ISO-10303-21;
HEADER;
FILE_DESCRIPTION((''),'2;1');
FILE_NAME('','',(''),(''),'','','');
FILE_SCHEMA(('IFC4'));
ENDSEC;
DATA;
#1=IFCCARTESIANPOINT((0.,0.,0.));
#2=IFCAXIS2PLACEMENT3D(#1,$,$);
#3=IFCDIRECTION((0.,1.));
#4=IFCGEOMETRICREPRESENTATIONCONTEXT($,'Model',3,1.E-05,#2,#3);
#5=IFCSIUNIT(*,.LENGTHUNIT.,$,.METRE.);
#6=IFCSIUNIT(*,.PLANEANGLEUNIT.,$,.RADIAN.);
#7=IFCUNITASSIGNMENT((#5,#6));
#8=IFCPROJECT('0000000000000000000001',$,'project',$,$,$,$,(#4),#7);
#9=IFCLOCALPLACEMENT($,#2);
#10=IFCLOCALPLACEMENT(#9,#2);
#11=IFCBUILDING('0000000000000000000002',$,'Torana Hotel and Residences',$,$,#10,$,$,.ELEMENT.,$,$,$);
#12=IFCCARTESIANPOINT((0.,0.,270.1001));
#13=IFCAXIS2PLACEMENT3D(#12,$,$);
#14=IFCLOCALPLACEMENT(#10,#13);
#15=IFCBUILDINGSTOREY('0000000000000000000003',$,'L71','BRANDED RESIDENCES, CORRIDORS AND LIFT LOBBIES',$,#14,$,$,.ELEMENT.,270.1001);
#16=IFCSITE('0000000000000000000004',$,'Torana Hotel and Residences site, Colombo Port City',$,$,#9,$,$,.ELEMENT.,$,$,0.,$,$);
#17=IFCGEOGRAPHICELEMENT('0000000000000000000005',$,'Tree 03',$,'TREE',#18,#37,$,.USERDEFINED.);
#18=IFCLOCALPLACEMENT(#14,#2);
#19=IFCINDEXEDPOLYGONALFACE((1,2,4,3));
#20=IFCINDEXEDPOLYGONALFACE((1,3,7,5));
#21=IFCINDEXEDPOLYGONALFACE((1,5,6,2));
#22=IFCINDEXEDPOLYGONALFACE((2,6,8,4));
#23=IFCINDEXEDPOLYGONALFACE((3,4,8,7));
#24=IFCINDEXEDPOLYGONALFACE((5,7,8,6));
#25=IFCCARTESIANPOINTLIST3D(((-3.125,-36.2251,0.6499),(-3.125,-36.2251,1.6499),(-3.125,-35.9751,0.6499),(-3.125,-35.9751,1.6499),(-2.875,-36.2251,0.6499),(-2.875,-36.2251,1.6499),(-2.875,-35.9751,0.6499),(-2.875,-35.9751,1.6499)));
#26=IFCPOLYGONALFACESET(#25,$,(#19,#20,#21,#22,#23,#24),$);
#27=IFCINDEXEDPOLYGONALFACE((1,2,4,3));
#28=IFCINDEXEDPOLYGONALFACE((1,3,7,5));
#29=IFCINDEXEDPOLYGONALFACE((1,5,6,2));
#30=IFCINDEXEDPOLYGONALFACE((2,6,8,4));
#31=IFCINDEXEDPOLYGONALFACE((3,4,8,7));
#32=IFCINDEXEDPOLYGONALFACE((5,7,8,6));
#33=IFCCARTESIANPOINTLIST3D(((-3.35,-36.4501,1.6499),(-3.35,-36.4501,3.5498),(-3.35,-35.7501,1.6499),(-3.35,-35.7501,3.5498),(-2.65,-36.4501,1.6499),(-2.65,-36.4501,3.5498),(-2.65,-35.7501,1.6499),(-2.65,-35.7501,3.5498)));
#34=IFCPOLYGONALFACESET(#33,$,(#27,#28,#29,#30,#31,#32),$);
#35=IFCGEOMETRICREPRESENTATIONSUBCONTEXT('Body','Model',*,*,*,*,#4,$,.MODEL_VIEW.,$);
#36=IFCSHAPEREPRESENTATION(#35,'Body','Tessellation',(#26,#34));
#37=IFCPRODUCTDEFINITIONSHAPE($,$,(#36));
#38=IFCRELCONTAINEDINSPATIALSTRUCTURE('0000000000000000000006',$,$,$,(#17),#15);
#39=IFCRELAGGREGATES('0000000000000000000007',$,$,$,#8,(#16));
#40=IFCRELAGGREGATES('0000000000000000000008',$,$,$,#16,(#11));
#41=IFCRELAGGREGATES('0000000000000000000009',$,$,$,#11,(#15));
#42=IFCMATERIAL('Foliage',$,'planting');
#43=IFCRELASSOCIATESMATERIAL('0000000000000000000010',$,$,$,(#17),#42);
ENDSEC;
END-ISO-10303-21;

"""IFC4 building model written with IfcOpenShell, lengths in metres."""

from ifc_helpers import new_model, si_unit, direction, frame, origin, origin_2d, place, context, subcontext, project, spatial, rectangle, extrude, material, element, save


model = new_model("IFC4")

# Units and contexts
model_context = context("Model", 3, precision=1e-05, world=origin(), true_north=direction((0.0, 1.0)))
body_context = subcontext(model_context, "Body", "Model", "MODEL_VIEW")
ifc_project = project(units=[si_unit("LENGTHUNIT", "METRE"), si_unit("PLANEANGLEUNIT", "RADIAN")], contexts=[model_context])

# Site, building, storey
site_placement = place(None, origin())
site = spatial("IfcSite", under=ifc_project, at=site_placement, Name="Torana Hotel and Residences site, Colombo Port City", CompositionType="ELEMENT", RefElevation=0.0)
building_placement = place(site_placement, origin())
building = spatial("IfcBuilding", under=site, at=building_placement, Name="Torana Hotel and Residences", CompositionType="ELEMENT")
storey_placement = place(building_placement, frame((0.0, 0.0, 270.1001)))
storey = spatial("IfcBuildingStorey", under=building, at=storey_placement, Name="L71", Description="BRANDED RESIDENCES, CORRIDORS AND LIFT LOBBIES", CompositionType="ELEMENT", Elevation=270.1001)

# Geographic element
ifc_material_1 = material(Name="Foliage", Category="planting")
for number, where, z_axis, x_axis, name in (
    (1, (-3.0, -36.1001, 0.6499), (0.0, 0.0, 1.0), (1.0, 0.0, 0.0), "Tree 03"),
):
    element("IfcGeographicElement", number, at=place(storey_placement, frame(where, z_axis=z_axis, x_axis=x_axis)), inside=storey, material=ifc_material_1, Name=name, ObjectType="TREE", PredefinedType="USERDEFINED", context=body_context, shape_type="SweptSolid", body=[
        extrude(rectangle(XDim=0.25, YDim=0.25, at=origin_2d()), origin(), (0.0, 0.0, 1.0), 1.0),
        extrude(rectangle(XDim=0.7, YDim=0.7, at=origin_2d()), frame((0.0, 0.0, 1.0)), (0.0, 0.0, 1.0), 1.8999),
    ])

save(model, "model.ifc")
